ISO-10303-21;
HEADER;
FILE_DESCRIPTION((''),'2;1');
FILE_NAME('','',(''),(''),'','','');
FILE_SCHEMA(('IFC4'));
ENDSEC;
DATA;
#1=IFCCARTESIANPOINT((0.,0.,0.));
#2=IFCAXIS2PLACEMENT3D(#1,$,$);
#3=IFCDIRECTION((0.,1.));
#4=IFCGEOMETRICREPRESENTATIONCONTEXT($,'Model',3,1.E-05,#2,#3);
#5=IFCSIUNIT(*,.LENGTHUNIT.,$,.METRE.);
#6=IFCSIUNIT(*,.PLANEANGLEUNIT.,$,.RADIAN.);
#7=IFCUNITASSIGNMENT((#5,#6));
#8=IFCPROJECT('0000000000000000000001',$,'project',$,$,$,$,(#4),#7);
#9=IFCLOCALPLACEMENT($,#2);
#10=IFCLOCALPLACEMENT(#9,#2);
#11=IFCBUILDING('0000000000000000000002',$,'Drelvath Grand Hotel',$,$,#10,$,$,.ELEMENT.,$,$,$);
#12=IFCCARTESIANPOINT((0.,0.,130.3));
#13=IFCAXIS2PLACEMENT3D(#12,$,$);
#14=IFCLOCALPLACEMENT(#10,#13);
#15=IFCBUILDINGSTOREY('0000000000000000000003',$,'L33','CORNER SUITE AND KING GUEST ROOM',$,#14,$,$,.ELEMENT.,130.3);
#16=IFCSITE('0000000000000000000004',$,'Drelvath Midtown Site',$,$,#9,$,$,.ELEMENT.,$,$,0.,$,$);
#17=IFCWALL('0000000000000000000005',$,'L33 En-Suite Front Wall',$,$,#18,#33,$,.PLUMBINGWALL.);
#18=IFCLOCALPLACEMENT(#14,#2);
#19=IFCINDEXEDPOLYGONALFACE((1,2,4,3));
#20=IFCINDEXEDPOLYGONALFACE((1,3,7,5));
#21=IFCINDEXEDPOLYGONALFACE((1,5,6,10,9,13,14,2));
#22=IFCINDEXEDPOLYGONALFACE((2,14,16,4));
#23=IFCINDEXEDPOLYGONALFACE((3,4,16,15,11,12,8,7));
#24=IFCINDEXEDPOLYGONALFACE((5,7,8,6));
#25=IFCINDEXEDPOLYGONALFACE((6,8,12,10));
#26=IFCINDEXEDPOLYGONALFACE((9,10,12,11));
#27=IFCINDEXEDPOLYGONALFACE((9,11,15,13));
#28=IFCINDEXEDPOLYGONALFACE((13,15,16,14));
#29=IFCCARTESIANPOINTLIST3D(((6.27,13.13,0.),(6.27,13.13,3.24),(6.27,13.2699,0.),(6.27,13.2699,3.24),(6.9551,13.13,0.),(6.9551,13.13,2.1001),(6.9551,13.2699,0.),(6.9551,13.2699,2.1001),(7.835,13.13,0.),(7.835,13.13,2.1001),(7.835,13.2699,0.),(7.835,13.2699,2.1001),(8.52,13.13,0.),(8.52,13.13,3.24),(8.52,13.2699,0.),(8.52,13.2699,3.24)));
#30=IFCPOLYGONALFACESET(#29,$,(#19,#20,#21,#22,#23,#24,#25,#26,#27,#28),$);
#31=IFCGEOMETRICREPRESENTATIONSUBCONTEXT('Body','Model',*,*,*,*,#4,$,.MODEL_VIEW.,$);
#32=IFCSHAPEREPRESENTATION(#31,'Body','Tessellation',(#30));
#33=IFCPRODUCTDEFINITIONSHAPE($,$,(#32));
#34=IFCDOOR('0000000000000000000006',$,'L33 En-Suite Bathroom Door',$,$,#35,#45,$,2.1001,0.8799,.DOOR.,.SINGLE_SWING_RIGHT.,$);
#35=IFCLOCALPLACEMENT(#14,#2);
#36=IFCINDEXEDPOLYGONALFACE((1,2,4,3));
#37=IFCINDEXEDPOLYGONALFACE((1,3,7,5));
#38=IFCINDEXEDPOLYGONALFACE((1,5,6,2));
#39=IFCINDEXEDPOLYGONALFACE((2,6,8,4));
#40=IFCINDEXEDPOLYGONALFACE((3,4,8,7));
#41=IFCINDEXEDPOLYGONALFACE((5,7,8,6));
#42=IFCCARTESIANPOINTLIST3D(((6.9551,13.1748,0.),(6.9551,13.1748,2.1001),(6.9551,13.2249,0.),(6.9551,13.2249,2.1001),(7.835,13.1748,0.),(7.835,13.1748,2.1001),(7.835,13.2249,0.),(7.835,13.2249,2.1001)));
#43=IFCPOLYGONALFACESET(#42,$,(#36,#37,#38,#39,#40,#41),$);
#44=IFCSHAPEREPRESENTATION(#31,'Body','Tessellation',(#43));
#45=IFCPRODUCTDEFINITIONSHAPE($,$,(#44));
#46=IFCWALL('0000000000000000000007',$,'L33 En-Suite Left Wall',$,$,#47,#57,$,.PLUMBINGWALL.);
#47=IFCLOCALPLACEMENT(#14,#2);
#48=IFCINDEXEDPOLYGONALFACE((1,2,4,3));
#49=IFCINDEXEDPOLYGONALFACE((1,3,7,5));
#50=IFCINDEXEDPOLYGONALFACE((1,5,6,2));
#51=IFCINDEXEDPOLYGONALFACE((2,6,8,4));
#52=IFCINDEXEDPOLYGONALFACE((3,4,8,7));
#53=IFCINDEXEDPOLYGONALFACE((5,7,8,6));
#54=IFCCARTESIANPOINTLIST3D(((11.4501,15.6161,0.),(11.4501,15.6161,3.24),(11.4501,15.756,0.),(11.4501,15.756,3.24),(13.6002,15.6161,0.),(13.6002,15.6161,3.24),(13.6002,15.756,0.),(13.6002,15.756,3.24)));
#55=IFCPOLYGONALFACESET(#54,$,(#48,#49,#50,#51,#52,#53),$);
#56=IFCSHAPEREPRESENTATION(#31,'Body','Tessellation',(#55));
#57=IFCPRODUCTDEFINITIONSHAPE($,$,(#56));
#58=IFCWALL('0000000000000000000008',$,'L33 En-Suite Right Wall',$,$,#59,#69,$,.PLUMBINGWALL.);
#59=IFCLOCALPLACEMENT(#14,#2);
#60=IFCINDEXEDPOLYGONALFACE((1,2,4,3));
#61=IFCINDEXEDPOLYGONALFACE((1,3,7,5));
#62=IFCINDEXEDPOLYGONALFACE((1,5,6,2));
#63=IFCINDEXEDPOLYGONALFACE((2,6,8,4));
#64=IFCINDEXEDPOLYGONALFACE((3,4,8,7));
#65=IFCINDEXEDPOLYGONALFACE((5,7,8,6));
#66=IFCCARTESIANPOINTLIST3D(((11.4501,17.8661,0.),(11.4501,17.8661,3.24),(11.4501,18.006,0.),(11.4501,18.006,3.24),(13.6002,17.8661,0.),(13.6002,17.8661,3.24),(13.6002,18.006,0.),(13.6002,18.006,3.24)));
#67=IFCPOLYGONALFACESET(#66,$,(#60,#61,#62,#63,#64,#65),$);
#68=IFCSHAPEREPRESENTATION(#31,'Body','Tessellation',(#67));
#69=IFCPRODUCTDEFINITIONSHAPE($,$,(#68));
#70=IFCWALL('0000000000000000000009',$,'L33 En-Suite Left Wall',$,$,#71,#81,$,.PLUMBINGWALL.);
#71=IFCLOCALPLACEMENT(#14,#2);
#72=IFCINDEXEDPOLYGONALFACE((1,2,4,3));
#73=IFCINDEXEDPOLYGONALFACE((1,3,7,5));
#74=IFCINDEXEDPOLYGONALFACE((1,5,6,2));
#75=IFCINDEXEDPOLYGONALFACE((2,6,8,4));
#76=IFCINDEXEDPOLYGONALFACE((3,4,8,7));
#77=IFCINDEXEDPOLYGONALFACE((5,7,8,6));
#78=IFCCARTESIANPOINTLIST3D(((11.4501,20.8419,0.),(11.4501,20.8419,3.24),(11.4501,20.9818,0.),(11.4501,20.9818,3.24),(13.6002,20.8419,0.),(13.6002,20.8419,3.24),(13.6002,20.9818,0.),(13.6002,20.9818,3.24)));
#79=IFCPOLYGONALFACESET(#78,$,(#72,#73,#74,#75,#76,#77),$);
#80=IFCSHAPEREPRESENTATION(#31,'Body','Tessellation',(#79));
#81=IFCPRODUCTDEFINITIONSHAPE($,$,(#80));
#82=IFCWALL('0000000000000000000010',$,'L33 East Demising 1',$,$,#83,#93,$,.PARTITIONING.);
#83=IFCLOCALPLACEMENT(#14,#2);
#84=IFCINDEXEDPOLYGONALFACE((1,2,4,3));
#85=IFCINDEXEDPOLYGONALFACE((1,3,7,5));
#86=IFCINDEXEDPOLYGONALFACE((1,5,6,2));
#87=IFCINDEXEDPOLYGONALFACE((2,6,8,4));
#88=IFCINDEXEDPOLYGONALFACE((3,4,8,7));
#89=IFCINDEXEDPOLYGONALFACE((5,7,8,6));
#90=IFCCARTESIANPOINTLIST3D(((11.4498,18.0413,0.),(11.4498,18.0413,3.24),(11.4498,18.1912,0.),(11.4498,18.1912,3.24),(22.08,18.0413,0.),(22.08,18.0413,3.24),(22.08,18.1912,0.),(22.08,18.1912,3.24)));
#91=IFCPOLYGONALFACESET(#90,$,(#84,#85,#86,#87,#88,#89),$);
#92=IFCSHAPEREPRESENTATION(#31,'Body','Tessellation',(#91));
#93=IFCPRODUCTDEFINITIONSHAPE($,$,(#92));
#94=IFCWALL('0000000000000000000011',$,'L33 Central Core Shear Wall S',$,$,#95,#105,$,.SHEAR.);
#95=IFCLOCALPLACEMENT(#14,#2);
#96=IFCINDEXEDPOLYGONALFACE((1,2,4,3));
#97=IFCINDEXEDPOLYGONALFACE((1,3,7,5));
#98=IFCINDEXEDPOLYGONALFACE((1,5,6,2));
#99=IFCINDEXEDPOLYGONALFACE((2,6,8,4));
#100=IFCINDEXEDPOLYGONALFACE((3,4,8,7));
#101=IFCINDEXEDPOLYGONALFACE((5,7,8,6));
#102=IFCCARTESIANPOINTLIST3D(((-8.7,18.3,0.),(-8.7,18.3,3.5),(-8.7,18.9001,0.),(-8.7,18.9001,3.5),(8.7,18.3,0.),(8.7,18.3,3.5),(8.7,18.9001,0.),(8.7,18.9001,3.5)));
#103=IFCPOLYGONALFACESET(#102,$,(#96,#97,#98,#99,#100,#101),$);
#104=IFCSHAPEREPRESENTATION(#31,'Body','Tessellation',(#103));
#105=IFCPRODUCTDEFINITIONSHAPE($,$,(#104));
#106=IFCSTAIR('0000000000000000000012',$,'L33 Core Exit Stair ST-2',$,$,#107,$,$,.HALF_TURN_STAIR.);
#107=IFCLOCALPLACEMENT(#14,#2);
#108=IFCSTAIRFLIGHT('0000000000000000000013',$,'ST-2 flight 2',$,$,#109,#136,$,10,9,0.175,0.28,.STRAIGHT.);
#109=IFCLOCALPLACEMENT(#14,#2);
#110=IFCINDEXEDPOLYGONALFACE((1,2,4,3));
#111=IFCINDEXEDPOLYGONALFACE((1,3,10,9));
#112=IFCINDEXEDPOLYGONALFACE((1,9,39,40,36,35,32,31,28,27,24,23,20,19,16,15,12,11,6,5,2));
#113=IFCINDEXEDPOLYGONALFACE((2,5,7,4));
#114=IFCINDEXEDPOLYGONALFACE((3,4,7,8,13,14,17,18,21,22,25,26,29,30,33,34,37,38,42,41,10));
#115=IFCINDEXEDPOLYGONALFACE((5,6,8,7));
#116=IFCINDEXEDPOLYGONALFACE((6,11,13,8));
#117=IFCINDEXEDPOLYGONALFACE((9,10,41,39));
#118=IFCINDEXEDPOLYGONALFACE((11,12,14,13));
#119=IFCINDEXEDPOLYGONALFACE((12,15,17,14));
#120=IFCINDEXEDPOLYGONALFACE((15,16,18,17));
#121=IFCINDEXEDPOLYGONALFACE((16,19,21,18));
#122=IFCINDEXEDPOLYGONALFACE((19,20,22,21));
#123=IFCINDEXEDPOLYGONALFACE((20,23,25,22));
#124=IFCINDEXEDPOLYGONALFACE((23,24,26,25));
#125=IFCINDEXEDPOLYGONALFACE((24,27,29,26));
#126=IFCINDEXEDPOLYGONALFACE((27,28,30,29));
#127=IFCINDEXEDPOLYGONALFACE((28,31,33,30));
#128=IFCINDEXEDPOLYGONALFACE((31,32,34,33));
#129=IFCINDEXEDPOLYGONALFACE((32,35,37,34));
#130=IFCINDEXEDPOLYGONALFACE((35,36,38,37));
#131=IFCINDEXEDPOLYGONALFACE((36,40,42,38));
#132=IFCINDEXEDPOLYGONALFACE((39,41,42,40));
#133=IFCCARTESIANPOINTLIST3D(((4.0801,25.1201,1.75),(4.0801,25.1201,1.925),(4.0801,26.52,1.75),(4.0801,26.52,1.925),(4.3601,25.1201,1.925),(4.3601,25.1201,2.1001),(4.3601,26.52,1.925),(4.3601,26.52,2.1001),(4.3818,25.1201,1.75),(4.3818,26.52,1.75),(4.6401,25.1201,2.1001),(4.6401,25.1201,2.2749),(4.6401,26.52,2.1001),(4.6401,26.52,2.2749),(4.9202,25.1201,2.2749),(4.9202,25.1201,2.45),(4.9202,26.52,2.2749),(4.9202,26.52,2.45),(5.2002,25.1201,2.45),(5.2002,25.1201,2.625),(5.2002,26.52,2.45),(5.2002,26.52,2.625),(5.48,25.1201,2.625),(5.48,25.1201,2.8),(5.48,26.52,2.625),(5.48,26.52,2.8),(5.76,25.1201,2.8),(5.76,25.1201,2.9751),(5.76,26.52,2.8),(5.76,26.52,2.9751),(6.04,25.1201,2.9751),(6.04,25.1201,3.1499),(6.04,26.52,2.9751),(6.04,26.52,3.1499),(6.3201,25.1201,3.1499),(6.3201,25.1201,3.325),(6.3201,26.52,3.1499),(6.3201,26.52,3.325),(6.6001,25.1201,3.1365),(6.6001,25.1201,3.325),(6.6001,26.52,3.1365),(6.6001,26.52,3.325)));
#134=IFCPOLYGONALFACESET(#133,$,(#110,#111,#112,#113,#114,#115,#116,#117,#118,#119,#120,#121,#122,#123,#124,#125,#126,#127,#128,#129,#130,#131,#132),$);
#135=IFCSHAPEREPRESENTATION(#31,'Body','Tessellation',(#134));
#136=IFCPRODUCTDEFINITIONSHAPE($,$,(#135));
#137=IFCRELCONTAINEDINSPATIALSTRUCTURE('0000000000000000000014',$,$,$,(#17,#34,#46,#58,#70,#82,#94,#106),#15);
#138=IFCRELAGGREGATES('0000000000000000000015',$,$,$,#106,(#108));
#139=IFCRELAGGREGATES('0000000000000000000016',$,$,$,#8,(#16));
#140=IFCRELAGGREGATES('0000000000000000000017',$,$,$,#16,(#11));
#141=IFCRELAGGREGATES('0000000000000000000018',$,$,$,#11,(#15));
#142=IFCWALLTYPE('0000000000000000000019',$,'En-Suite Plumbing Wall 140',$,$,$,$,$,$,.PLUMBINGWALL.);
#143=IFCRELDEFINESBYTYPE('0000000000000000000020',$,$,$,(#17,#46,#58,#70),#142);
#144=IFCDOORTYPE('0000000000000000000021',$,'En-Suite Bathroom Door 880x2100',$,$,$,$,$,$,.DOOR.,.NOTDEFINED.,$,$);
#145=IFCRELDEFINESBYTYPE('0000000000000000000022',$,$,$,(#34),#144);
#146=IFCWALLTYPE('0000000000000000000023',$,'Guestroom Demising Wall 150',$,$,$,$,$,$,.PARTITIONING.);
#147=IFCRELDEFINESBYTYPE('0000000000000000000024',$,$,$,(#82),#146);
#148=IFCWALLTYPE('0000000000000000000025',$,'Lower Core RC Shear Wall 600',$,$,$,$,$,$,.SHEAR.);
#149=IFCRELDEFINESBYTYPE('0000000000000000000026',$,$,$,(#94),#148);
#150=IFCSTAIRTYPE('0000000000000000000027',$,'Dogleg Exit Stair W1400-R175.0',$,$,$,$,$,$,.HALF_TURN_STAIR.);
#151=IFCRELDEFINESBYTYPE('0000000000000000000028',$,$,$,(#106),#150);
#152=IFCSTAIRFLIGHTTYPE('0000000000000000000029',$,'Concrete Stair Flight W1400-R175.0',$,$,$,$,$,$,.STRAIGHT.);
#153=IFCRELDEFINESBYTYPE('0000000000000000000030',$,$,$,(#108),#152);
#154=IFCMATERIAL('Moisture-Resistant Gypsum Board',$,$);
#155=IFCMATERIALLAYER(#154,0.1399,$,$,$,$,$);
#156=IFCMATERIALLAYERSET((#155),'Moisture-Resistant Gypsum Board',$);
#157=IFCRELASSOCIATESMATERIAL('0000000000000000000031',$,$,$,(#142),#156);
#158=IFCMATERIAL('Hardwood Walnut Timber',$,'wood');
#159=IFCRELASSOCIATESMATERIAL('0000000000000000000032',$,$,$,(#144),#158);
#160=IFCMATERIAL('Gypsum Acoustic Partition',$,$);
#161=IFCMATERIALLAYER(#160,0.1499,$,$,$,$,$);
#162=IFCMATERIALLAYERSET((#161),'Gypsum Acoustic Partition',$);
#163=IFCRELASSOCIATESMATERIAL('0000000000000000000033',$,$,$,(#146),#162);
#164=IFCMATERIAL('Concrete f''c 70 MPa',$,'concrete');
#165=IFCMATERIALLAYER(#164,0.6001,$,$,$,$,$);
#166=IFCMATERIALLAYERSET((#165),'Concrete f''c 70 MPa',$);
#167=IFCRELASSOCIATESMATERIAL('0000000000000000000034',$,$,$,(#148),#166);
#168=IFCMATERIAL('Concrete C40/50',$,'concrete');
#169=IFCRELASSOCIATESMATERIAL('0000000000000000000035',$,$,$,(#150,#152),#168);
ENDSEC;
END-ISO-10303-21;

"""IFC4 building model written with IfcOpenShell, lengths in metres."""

from ifc_helpers import new_model, si_unit, direction, frame, frame_2d, origin, place, context, subcontext, project, spatial, polyline, rectangle, outline, extrude, material, layer, layer_set, type_object, element, fill, aggregate, save


model = new_model("IFC4")

# Units and contexts
model_context = context("Model", 3, precision=1e-05, world=origin(), true_north=direction((0.0, 1.0)))
body_context = subcontext(model_context, "Body", "Model", "MODEL_VIEW")
ifc_project = project(units=[si_unit("LENGTHUNIT", "METRE"), si_unit("PLANEANGLEUNIT", "RADIAN")], contexts=[model_context])

# Site, building, storey
site_placement = place(None, origin())
site = spatial("IfcSite", under=ifc_project, at=site_placement, Name="Drelvath Midtown Site", CompositionType="ELEMENT", RefElevation=0.0)
building_placement = place(site_placement, origin())
building = spatial("IfcBuilding", under=site, at=building_placement, Name="Drelvath Grand Hotel", CompositionType="ELEMENT")
storey_placement = place(building_placement, frame((0.0, 0.0, 130.3)))
storey = spatial("IfcBuildingStorey", under=building, at=storey_placement, Name="L33", Description="CORNER SUITE AND KING GUEST ROOM", CompositionType="ELEMENT", Elevation=130.3)

# Shared definitions
ifc_material_1 = material(Name="Concrete f'c 70 MPa", Category="concrete")

# Shared definitions
ifc_material_2 = material(Name="Concrete C40/50", Category="concrete")

# Shared definitions
ifc_material_3 = material(Name="Moisture-Resistant Gypsum Board")
ifc_layer_1 = layer(ifc_material_3, 0.1399)
ifc_layer_set_1 = layer_set([ifc_layer_1], Name="Moisture-Resistant Gypsum Board")
wall_type_1 = type_object("IfcWallType", Name="En-Suite Plumbing Wall 140", PredefinedType="PLUMBINGWALL", material=ifc_layer_set_1)

# Wall, opening, door
wall_1_placement = place(storey_placement, frame((6.27, 13.2, 0.0), z_axis=(0.0, 0.0, 1.0), x_axis=(1.0, 0.0, 0.0)))
wall_1 = element("IfcWall", 1, at=wall_1_placement, inside=storey, type_object=wall_type_1, Name="L33 En-Suite Front Wall", PredefinedType="PLUMBINGWALL", context=body_context, shape_type="SweptSolid", body=[
    extrude(rectangle(XDim=2.25, YDim=0.1399, at=frame_2d((1.125, 0.0))), origin(), (0.0, 0.0, 1.0), 3.24),
])
opening_1_placement = place(wall_1_placement, frame((0.6851, 0.0, 0.0)))
opening_1 = element("IfcOpeningElement", 2, at=opening_1_placement, cuts=wall_1, PredefinedType="OPENING", context=body_context, shape_type="SweptSolid", body=[
    extrude(rectangle(XDim=0.8799, YDim=2.1001, at=frame_2d((0.4399, 1.05))), frame((0.0, 0.0798, 0.0), z_axis=(0.0, -1.0, 0.0), x_axis=(1.0, 0.0, 0.0)), (0.0, 0.0, 1.0), 0.1599),
])
ifc_material_4 = material(Name="Hardwood Walnut Timber", Category="wood")
door_type_1 = type_object("IfcDoorType", Name="En-Suite Bathroom Door 880x2100", OperationType="NOTDEFINED", PredefinedType="DOOR", material=ifc_material_4)
door_1_placement = place(opening_1_placement, origin())
door_1 = element("IfcDoor", 3, at=door_1_placement, inside=storey, type_object=door_type_1, Name="L33 En-Suite Bathroom Door", OperationType="SINGLE_SWING_RIGHT", OverallHeight=2.1001, OverallWidth=0.8799, PredefinedType="DOOR", context=body_context, shape_type="SweptSolid", body=[
    extrude(rectangle(XDim=0.8799, YDim=2.1001, at=frame_2d((0.4399, 1.05))), frame((0.0, 0.0249, 0.0), z_axis=(0.0, -1.0, 0.0), x_axis=(1.0, 0.0, 0.0)), (0.0, 0.0, 1.0), 0.05),
])
fill(opening_1, door_1)

# Walls
for number, where, z_axis, x_axis, name in (
    (4, (11.45, 15.686, 0.0), (0.0, 0.0, 1.0), (1.0, 0.0, 0.0), "L33 En-Suite Left Wall"),
    (5, (11.45, 17.936, 0.0), (0.0, 0.0, 1.0), (1.0, 0.0, 0.0), "L33 En-Suite Right Wall"),
    (6, (11.45, 20.9119, 0.0), (0.0, 0.0, 1.0), (1.0, 0.0, 0.0), "L33 En-Suite Left Wall"),
):
    element("IfcWall", number, at=place(storey_placement, frame(where, z_axis=z_axis, x_axis=x_axis)), inside=storey, type_object=wall_type_1, Name=name, PredefinedType="PLUMBINGWALL", context=body_context, shape_type="SweptSolid", body=[
        extrude(rectangle(XDim=2.1501, YDim=0.1399, at=frame_2d((1.0752, 0.0))), origin(), (0.0, 0.0, 1.0), 3.24),
    ])
ifc_material_5 = material(Name="Gypsum Acoustic Partition")
ifc_layer_2 = layer(ifc_material_5, 0.1499)
ifc_layer_set_2 = layer_set([ifc_layer_2], Name="Gypsum Acoustic Partition")
wall_type_2 = type_object("IfcWallType", Name="Guestroom Demising Wall 150", PredefinedType="PARTITIONING", material=ifc_layer_set_2)
wall_2_placement = place(storey_placement, frame((11.45, 18.1162, 0.0), z_axis=(0.0, 0.0, 1.0), x_axis=(1.0, 0.0, 0.0)))
element("IfcWall", 7, at=wall_2_placement, inside=storey, type_object=wall_type_2, Name="L33 East Demising 1", PredefinedType="PARTITIONING", context=body_context, shape_type="SweptSolid", body=[
    extrude(rectangle(XDim=10.6301, YDim=0.1499, at=frame_2d((5.3149, 0.0))), origin(), (0.0, 0.0, 1.0), 3.24),
])
ifc_layer_3 = layer(ifc_material_1, 0.6001)
ifc_layer_set_3 = layer_set([ifc_layer_3], Name="Concrete f'c 70 MPa")
wall_type_3 = type_object("IfcWallType", Name="Lower Core RC Shear Wall 600", PredefinedType="SHEAR", material=ifc_layer_set_3)
wall_3_placement = place(storey_placement, frame((8.7, 18.6001, 0.0), z_axis=(0.0, 0.0, 1.0), x_axis=(-1.0, 0.0, 0.0)))
element("IfcWall", 8, at=wall_3_placement, inside=storey, type_object=wall_type_3, Name="L33 Central Core Shear Wall S", PredefinedType="SHEAR", context=body_context, shape_type="SweptSolid", body=[
    extrude(rectangle(XDim=17.3999, YDim=0.6001, at=frame_2d((8.7, 0.0))), origin(), (0.0, 0.0, 1.0), 3.5),
])

# Stair, stair flight
stair_type = type_object("IfcStairType", Name="Dogleg Exit Stair W1400-R175.0", PredefinedType="HALF_TURN_STAIR", material=ifc_material_2)
stair_placement = place(storey_placement, origin())
stair = element("IfcStair", 9, at=stair_placement, inside=storey, type_object=stair_type, Name="L33 Core Exit Stair ST-2", PredefinedType="HALF_TURN_STAIR")
stair_flight_type = type_object("IfcStairFlightType", Name="Concrete Stair Flight W1400-R175.0", PredefinedType="STRAIGHT", material=ifc_material_2)
stair_flight_placement = place(storey_placement, frame((4.0801, 25.8201, 1.75), z_axis=(0.0, 0.0, 1.0), x_axis=(1.0, 0.0, 0.0)))
stair_flight = element("IfcStairFlight", 10, at=stair_flight_placement, type_object=stair_flight_type, Name="ST-2 flight 2", NumberOfRisers=10, NumberOfTreads=9, PredefinedType="STRAIGHT", RiserHeight=0.175, TreadLength=0.28, context=body_context, shape_type="SweptSolid", body=[
    extrude(outline(polyline([(0.0, 0.0), (0.0, 0.175), (0.28, 0.175), (0.28, 0.3501), (0.5601, 0.3501), (0.5601, 0.5249), (0.8401, 0.5249), (0.8401, 0.7), (1.1201, 0.7), (1.1201, 0.875), (1.3999, 0.875), (1.3999, 1.05), (1.6799, 1.05), (1.6799, 1.2251), (1.96, 1.2251), (1.96, 1.3999), (2.24, 1.3999), (2.24, 1.575), (2.52, 1.575), (2.52, 1.75), (2.52, 1.3865), (0.3018, 0.0), (0.0, 0.0)])), frame((0.0, 0.7, 0.0), z_axis=(0.0, -1.0, 0.0), x_axis=(1.0, 0.0, 0.0)), (0.0, 0.0, 1.0), 1.3999),
])
aggregate(stair, [stair_flight])

save(model, "model.ifc")
